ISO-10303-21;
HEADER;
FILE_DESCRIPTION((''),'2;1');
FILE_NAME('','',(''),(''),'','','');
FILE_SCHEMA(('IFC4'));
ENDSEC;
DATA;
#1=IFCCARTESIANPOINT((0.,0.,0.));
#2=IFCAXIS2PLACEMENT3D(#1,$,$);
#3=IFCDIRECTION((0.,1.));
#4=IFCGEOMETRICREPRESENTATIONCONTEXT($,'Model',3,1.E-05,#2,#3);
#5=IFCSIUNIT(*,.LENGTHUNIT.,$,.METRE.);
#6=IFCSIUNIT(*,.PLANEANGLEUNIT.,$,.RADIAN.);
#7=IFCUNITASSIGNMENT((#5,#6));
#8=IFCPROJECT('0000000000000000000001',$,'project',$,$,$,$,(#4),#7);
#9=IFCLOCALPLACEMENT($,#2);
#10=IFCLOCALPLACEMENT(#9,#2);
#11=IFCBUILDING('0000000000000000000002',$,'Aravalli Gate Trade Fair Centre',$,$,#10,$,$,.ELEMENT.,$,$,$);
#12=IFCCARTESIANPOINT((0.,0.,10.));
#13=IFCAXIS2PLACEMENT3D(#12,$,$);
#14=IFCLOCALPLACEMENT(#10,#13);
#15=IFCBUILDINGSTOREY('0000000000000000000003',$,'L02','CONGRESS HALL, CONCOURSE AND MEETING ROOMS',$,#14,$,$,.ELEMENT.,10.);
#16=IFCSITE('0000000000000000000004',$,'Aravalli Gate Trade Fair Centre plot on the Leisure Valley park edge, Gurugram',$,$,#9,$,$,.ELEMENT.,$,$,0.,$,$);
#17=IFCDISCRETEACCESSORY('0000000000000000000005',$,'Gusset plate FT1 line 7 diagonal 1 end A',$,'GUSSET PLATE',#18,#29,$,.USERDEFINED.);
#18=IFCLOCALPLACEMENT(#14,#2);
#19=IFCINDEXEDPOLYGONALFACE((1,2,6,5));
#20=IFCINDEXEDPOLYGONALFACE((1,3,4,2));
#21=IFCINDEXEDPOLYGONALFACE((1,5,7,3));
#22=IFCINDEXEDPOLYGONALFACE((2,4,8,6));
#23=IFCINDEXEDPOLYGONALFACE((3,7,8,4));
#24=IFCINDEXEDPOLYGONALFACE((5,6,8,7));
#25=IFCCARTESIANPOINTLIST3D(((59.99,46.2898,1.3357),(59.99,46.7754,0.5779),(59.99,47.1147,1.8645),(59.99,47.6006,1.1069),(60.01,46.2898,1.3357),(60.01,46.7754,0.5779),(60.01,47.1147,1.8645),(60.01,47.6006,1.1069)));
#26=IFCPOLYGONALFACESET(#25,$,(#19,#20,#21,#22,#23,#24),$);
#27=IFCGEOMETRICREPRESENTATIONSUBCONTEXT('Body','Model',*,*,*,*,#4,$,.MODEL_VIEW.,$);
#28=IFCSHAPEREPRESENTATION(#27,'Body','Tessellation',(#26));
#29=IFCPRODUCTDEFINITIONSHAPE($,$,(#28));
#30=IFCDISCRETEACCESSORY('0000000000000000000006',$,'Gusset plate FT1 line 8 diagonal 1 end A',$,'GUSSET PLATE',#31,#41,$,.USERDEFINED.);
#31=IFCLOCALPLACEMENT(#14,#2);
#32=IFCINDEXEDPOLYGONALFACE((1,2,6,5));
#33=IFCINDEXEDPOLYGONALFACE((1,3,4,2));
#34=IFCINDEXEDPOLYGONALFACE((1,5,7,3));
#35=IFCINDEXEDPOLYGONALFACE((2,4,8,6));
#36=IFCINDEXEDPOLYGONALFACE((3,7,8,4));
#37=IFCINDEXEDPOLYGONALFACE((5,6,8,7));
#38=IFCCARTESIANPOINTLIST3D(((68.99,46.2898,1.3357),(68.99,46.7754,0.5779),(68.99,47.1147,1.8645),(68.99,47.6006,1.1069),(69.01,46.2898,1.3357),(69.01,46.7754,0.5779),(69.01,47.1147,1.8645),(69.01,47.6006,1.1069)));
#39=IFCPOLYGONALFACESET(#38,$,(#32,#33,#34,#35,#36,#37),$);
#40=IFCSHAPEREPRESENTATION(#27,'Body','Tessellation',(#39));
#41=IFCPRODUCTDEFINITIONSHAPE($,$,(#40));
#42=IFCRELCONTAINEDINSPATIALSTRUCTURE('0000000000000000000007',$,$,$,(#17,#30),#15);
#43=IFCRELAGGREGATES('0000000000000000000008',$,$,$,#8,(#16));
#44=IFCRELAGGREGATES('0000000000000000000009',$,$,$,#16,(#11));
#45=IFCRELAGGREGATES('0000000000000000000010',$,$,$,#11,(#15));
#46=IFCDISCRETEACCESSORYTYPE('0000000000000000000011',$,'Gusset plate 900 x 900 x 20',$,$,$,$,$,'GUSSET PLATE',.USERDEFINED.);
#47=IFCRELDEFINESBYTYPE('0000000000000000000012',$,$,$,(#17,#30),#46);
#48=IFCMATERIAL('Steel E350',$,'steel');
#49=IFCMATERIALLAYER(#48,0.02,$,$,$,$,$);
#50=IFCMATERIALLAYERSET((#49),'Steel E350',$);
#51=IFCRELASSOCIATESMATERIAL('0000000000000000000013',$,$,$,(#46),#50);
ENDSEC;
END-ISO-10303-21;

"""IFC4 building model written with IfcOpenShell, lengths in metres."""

from ifc_helpers import new_model, si_unit, direction, frame, origin, place, context, subcontext, project, spatial, polyline, outline, extrude, material, layer, layer_set, type_object, element, save


model = new_model("IFC4")

# Units and contexts
model_context = context("Model", 3, precision=1e-05, world=origin(), true_north=direction((0.0, 1.0)))
body_context = subcontext(model_context, "Body", "Model", "MODEL_VIEW")
ifc_project = project(units=[si_unit("LENGTHUNIT", "METRE"), si_unit("PLANEANGLEUNIT", "RADIAN")], contexts=[model_context])

# Site, building, storey
site_placement = place(None, origin())
site = spatial("IfcSite", under=ifc_project, at=site_placement, Name="Aravalli Gate Trade Fair Centre plot on the Leisure Valley park edge, Gurugram", CompositionType="ELEMENT", RefElevation=0.0)
building_placement = place(site_placement, origin())
building = spatial("IfcBuilding", under=site, at=building_placement, Name="Aravalli Gate Trade Fair Centre", CompositionType="ELEMENT")
storey_placement = place(building_placement, frame((0.0, 0.0, 10.0)))
storey = spatial("IfcBuildingStorey", under=building, at=storey_placement, Name="L02", Description="CONGRESS HALL, CONCOURSE AND MEETING ROOMS", CompositionType="ELEMENT", Elevation=10.0)

# Shared definitions
ifc_material_1 = material(Name="Steel E350", Category="steel")

# Discrete accessories
ifc_layer_1 = layer(ifc_material_1, 0.02)
ifc_layer_set_1 = layer_set([ifc_layer_1], Name="Steel E350")
discrete_accessory_type_1 = type_object("IfcDiscreteAccessoryType", Name="Gusset plate 900 x 900 x 20", ElementType="GUSSET PLATE", PredefinedType="USERDEFINED", material=ifc_layer_set_1)
for number, where, z_axis, x_axis, name in (
    (1, (59.99, 47.6006, 1.1069), (-1.0, 0.0, 0.0), (0.0, -0.841841, -0.539725), "Gusset plate FT1 line 7 diagonal 1 end A"),
    (2, (68.99, 47.6006, 1.1069), (-1.0, 0.0, 0.0), (0.0, -0.841841, -0.539725), "Gusset plate FT1 line 8 diagonal 1 end A"),
):
    element("IfcDiscreteAccessory", number, at=place(storey_placement, frame(where, z_axis=z_axis, x_axis=x_axis)), inside=storey, type_object=discrete_accessory_type_1, Name=name, ObjectType="GUSSET PLATE", PredefinedType="USERDEFINED", context=body_context, shape_type="SweptSolid", body=[
        extrude(outline(polyline([(0.0, 0.0), (0.9802, 0.0), (0.98, 0.9), (0.0001, 0.9), (0.0, 0.0)])), origin(), (0.0, 0.0, -1.0), 0.02),
    ])

save(model, "model.ifc")
